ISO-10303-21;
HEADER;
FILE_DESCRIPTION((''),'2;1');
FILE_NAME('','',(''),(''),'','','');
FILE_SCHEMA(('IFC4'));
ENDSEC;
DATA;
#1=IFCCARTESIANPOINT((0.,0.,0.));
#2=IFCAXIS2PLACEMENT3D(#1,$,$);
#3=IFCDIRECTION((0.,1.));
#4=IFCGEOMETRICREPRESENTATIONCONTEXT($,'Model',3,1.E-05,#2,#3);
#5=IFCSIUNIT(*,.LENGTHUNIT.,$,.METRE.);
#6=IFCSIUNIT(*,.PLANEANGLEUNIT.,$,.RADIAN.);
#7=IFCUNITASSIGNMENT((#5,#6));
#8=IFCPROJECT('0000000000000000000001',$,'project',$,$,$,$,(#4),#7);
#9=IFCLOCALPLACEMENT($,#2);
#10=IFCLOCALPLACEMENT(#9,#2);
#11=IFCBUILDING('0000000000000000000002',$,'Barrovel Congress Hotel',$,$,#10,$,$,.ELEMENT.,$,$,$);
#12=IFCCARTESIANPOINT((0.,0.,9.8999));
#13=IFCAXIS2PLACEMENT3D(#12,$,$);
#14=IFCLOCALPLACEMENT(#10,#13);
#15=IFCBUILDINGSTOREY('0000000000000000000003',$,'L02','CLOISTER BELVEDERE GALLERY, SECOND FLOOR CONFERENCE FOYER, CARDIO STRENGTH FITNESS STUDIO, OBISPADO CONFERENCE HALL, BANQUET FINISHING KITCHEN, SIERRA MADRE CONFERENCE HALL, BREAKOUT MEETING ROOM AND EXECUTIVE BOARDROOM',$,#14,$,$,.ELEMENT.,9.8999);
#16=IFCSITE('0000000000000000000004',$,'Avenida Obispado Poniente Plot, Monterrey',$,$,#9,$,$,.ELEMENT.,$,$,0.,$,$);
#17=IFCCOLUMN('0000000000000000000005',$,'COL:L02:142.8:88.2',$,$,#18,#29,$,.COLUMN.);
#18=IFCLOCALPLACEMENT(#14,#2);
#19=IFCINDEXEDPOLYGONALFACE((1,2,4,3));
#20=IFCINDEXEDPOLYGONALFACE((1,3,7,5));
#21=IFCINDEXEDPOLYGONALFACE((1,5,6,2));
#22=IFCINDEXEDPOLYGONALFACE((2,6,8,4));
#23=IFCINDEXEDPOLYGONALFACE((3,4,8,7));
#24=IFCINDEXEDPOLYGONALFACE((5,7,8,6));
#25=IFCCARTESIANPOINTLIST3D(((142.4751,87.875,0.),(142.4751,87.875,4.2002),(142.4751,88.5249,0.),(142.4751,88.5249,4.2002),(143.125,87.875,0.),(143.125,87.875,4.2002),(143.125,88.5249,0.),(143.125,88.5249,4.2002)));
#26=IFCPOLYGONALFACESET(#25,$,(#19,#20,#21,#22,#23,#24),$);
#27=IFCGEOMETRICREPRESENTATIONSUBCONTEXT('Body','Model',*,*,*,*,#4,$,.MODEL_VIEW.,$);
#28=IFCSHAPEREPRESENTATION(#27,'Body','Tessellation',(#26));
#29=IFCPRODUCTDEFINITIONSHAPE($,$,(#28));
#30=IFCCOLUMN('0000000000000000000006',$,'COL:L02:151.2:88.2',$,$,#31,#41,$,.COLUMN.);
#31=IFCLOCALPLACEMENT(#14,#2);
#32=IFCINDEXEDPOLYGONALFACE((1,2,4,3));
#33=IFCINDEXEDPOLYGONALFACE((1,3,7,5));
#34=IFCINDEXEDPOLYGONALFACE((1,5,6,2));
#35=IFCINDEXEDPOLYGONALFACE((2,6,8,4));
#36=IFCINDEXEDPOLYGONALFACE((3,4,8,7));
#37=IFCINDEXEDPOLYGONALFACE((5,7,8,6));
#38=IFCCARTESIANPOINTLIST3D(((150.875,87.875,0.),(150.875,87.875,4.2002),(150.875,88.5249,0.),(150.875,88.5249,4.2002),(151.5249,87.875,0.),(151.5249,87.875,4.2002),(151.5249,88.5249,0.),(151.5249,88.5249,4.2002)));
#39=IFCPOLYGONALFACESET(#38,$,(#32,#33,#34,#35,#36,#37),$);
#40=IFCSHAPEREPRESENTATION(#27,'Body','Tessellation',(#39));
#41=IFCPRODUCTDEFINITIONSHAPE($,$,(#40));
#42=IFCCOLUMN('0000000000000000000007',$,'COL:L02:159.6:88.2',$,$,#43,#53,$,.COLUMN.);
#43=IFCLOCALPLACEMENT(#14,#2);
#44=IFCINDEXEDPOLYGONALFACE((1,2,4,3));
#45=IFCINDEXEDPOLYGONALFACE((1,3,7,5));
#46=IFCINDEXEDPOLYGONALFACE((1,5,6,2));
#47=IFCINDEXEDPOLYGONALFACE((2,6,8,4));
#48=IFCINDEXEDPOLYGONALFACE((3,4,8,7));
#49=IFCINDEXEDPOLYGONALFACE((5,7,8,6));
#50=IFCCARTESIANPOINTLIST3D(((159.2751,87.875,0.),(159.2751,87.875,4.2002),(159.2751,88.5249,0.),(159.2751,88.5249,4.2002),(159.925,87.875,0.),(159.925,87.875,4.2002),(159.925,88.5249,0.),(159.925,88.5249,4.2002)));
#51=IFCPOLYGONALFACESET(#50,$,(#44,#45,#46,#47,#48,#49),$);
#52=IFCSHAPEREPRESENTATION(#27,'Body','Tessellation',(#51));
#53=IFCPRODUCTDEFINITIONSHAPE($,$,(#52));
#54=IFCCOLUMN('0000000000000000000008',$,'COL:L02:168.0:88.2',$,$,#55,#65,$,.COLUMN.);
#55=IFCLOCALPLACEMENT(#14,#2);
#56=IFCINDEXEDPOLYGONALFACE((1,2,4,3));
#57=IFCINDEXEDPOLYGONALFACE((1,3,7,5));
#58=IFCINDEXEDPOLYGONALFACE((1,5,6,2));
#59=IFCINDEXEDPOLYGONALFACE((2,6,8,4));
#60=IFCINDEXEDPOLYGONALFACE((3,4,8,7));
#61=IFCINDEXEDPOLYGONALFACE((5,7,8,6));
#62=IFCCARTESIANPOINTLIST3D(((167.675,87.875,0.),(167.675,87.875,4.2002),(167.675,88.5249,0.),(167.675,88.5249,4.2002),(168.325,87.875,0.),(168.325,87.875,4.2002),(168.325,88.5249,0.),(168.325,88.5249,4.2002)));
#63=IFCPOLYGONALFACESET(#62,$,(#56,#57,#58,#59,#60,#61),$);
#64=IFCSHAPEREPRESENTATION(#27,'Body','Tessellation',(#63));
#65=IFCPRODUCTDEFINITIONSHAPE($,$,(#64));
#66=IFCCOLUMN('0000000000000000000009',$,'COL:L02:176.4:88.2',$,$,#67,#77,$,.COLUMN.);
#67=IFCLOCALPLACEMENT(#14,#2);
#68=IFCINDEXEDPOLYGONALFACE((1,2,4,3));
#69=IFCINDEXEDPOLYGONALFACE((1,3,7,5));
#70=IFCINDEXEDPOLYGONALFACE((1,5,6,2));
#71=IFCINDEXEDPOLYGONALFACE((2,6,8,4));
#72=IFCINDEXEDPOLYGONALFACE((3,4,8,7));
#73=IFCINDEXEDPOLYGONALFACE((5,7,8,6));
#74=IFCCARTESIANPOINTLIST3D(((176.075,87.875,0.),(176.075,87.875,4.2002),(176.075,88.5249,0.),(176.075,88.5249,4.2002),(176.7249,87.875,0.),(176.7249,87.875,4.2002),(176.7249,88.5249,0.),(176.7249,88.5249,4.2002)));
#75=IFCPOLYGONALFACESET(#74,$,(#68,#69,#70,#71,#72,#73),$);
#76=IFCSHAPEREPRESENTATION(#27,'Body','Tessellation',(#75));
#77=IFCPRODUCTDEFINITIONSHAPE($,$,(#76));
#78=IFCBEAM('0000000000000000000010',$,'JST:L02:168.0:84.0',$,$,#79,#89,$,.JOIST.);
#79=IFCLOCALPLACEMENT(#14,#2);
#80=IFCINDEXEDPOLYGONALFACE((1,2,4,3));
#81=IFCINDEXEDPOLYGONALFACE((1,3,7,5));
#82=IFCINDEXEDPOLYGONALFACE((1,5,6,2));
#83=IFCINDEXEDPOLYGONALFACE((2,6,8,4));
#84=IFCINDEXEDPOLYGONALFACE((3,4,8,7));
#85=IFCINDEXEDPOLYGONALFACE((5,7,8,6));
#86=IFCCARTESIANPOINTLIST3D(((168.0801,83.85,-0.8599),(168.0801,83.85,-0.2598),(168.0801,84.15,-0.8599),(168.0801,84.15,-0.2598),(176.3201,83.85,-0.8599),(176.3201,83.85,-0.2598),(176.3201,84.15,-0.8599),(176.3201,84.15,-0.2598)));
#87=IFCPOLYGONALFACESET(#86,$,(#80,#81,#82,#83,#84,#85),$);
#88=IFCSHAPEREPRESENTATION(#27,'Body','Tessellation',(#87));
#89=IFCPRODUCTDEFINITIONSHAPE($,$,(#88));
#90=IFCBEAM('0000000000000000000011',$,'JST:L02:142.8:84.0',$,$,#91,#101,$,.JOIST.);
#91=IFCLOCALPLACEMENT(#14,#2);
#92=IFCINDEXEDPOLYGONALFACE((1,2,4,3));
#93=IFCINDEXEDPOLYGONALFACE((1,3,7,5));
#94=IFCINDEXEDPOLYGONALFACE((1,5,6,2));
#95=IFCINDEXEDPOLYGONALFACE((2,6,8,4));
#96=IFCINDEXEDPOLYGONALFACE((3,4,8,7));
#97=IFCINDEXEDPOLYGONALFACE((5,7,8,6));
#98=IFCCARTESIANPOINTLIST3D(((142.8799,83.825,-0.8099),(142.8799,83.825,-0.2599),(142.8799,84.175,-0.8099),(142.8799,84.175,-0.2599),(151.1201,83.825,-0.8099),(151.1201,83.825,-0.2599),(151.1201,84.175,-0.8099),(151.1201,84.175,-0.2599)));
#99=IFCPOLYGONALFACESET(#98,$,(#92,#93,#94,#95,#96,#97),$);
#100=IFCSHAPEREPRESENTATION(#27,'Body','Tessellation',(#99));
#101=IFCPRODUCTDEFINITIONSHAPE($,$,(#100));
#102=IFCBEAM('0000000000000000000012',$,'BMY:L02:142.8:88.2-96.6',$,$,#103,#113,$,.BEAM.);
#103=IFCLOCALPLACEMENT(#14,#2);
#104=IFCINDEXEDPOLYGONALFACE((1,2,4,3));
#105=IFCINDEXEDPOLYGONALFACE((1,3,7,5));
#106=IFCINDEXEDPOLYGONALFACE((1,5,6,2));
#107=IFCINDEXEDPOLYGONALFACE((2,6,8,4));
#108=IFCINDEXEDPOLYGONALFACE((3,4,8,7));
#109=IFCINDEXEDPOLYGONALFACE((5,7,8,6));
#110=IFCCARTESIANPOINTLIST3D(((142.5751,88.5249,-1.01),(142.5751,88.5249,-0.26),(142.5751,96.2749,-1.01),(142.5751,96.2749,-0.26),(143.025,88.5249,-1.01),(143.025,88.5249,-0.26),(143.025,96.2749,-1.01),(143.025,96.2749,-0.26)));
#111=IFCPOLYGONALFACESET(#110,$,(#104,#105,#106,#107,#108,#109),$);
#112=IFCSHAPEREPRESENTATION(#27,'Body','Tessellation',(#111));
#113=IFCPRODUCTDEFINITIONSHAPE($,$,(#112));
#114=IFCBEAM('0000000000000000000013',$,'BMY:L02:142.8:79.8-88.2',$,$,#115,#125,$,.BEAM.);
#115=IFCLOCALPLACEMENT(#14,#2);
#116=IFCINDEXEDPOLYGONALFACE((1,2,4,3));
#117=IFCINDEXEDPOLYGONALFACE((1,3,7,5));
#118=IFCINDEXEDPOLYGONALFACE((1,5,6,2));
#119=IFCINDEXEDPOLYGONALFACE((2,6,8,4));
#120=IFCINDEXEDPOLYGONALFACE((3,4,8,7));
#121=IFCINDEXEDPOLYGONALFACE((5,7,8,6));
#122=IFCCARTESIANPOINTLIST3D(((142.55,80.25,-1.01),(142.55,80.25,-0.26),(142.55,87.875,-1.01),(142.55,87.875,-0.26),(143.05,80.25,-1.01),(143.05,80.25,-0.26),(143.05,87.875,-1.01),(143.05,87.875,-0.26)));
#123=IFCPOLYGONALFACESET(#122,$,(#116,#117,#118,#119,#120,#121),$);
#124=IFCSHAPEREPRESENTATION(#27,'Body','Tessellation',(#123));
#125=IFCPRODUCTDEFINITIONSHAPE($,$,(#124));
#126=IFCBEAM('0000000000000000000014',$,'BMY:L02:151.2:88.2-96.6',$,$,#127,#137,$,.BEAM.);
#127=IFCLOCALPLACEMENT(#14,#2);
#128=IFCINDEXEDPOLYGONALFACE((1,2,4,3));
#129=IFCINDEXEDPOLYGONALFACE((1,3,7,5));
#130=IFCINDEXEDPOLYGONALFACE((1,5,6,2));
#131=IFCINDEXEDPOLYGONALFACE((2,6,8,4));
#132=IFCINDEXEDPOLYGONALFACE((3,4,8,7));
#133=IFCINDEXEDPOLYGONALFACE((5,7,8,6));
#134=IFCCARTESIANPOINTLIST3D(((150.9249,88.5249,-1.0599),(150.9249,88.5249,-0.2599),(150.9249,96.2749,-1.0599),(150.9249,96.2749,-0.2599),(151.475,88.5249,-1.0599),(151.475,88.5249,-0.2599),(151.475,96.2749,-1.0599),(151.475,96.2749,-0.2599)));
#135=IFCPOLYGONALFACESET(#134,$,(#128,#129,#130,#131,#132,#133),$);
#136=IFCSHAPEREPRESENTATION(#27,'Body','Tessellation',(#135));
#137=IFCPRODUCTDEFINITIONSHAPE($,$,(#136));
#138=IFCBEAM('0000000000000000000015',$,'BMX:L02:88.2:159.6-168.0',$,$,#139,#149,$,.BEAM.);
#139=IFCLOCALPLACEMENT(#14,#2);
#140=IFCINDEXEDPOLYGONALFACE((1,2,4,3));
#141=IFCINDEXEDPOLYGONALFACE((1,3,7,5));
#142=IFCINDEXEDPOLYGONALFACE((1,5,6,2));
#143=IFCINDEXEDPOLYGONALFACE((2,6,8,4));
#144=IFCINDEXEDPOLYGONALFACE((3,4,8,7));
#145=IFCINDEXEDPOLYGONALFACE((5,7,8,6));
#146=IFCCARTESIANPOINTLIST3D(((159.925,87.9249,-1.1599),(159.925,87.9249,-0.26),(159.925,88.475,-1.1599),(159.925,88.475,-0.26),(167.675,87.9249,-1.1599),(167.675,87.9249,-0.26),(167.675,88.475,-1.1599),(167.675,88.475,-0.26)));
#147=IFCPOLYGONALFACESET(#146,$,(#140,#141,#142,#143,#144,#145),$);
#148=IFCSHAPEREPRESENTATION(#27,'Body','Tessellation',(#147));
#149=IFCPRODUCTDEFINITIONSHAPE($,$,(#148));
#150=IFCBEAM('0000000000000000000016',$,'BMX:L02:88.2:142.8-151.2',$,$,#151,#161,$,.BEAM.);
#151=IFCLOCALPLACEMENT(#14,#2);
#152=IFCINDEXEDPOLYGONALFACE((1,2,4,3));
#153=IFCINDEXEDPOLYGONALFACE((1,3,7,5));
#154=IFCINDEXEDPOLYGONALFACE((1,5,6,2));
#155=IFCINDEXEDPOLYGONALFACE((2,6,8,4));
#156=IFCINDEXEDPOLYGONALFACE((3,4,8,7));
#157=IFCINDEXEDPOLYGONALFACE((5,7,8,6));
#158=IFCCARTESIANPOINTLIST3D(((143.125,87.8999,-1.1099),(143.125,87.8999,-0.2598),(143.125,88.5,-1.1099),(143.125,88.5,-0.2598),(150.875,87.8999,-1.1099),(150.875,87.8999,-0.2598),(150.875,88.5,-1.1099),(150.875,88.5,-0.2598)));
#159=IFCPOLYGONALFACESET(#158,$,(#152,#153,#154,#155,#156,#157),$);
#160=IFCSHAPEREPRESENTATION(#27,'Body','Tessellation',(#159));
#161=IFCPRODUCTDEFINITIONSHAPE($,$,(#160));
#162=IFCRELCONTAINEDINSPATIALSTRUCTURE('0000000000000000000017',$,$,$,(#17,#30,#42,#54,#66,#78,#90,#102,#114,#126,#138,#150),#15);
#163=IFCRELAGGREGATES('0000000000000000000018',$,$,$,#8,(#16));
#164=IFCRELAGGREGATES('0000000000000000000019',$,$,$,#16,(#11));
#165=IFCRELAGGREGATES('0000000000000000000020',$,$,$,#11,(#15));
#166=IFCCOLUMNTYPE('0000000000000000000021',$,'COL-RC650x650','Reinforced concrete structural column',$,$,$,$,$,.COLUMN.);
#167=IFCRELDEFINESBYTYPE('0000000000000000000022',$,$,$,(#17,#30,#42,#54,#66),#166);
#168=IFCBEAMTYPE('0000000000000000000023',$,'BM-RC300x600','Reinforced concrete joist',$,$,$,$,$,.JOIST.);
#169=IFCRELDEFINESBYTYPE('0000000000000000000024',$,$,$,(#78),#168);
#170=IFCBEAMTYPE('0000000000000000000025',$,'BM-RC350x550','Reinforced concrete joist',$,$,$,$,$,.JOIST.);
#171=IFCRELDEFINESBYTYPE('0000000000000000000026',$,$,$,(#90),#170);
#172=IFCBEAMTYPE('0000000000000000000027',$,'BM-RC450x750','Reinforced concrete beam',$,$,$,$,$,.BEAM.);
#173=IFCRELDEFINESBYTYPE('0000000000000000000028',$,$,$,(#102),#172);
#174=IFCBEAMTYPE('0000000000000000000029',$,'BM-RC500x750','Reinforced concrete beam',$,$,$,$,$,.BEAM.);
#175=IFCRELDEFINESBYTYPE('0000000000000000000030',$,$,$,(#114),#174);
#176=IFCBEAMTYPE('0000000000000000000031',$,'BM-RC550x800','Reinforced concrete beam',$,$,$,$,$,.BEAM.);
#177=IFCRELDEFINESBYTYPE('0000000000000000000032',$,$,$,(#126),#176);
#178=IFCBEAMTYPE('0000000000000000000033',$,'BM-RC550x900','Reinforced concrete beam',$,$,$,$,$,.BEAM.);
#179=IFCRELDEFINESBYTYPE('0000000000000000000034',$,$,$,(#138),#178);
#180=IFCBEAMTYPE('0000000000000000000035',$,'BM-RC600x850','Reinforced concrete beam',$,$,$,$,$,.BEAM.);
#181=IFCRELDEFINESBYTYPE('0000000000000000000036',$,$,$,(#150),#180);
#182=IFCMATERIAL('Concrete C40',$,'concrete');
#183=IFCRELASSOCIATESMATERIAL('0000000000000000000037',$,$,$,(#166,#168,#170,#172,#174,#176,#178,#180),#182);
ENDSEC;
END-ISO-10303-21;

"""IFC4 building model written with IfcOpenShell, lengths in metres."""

from ifc_helpers import new_model, si_unit, direction, frame, origin, origin_2d, place, context, subcontext, project, spatial, rectangle, extrude, material, material_profile, profile_set, type_object, element, save


model = new_model("IFC4")

# Units and contexts
model_context = context("Model", 3, precision=1e-05, world=origin(), true_north=direction((0.0, 1.0)))
body_context = subcontext(model_context, "Body", "Model", "MODEL_VIEW")
ifc_project = project(units=[si_unit("LENGTHUNIT", "METRE"), si_unit("PLANEANGLEUNIT", "RADIAN")], contexts=[model_context])

# Site, building, storey
site_placement = place(None, origin())
site = spatial("IfcSite", under=ifc_project, at=site_placement, Name="Avenida Obispado Poniente Plot, Monterrey", CompositionType="ELEMENT", RefElevation=0.0)
building_placement = place(site_placement, origin())
building = spatial("IfcBuilding", under=site, at=building_placement, Name="Barrovel Congress Hotel", CompositionType="ELEMENT")
storey_placement = place(building_placement, frame((0.0, 0.0, 9.8999)))
storey = spatial("IfcBuildingStorey", under=building, at=storey_placement, Name="L02", Description="CLOISTER BELVEDERE GALLERY, SECOND FLOOR CONFERENCE FOYER, CARDIO STRENGTH FITNESS STUDIO, OBISPADO CONFERENCE HALL, BANQUET FINISHING KITCHEN, SIERRA MADRE CONFERENCE HALL, BREAKOUT MEETING ROOM AND EXECUTIVE BOARDROOM", CompositionType="ELEMENT", Elevation=9.8999)

# Columns
ifc_material_1 = material(Name="Concrete C40", Category="concrete")
ifc_material_profile_1 = material_profile(ifc_material_1, rectangle(XDim=0.6499, YDim=0.6499, at=origin_2d()), Name="RC650x650")
ifc_profile_set_1 = profile_set([ifc_material_profile_1], Name="Concrete C40")
column_type = type_object("IfcColumnType", Name="COL-RC650x650", Description="Reinforced concrete structural column", PredefinedType="COLUMN", material=ifc_profile_set_1)
for number, where, z_axis, x_axis, name in (
    (1, (142.8, 88.2, 0.0), (0.0, 0.0, 1.0), (1.0, 0.0, 0.0), "COL:L02:142.8:88.2"),
    (2, (151.2, 88.2, 0.0), (0.0, 0.0, 1.0), (1.0, 0.0, 0.0), "COL:L02:151.2:88.2"),
    (3, (159.6001, 88.2, 0.0), (0.0, 0.0, 1.0), (1.0, 0.0, 0.0), "COL:L02:159.6:88.2"),
    (4, (168.0, 88.2, 0.0), (0.0, 0.0, 1.0), (1.0, 0.0, 0.0), "COL:L02:168.0:88.2"),
    (5, (176.3999, 88.2, 0.0), (0.0, 0.0, 1.0), (1.0, 0.0, 0.0), "COL:L02:176.4:88.2"),
):
    element("IfcColumn", number, at=place(storey_placement, frame(where, z_axis=z_axis, x_axis=x_axis)), inside=storey, type_object=column_type, Name=name, PredefinedType="COLUMN", context=body_context, shape_type="SweptSolid", body=[
        extrude(rectangle(XDim=0.6499, YDim=0.6499, at=origin_2d()), origin(), (0.0, 0.0, 1.0), 4.2002),
    ])

# Beams
ifc_material_profile_2 = material_profile(ifc_material_1, rectangle(XDim=0.3, YDim=0.6001, at=origin_2d()), Name="RC300x600")
ifc_profile_set_2 = profile_set([ifc_material_profile_2], Name="Concrete C40")
beam_type_1 = type_object("IfcBeamType", Name="BM-RC300x600", Description="Reinforced concrete joist", PredefinedType="JOIST", material=ifc_profile_set_2)
beam_1_placement = place(storey_placement, frame((168.0801, 84.0, -0.5598), z_axis=(1.0, 0.0, 0.0), x_axis=(0.0, 1.0, 0.0)))
element("IfcBeam", 6, at=beam_1_placement, inside=storey, type_object=beam_type_1, Name="JST:L02:168.0:84.0", PredefinedType="JOIST", context=body_context, shape_type="SweptSolid", body=[
    extrude(rectangle(XDim=0.3, YDim=0.6001, at=origin_2d()), origin(), (0.0, 0.0, 1.0), 8.24),
])
ifc_material_profile_3 = material_profile(ifc_material_1, rectangle(XDim=0.3501, YDim=0.55, at=origin_2d()), Name="RC350x550")
ifc_profile_set_3 = profile_set([ifc_material_profile_3], Name="Concrete C40")
beam_type_2 = type_object("IfcBeamType", Name="BM-RC350x550", Description="Reinforced concrete joist", PredefinedType="JOIST", material=ifc_profile_set_3)
beam_2_placement = place(storey_placement, frame((142.8799, 84.0, -0.5349), z_axis=(1.0, 0.0, 0.0), x_axis=(0.0, 1.0, 0.0)))
element("IfcBeam", 7, at=beam_2_placement, inside=storey, type_object=beam_type_2, Name="JST:L02:142.8:84.0", PredefinedType="JOIST", context=body_context, shape_type="SweptSolid", body=[
    extrude(rectangle(XDim=0.3501, YDim=0.55, at=origin_2d()), origin(), (0.0, 0.0, 1.0), 8.2402),
])
ifc_material_profile_4 = material_profile(ifc_material_1, rectangle(XDim=0.45, YDim=0.75, at=origin_2d()), Name="RC450x750")
ifc_profile_set_4 = profile_set([ifc_material_profile_4], Name="Concrete C40")
beam_type_3 = type_object("IfcBeamType", Name="BM-RC450x750", Description="Reinforced concrete beam", PredefinedType="BEAM", material=ifc_profile_set_4)
beam_3_placement = place(storey_placement, frame((142.8, 88.5249, -0.635), z_axis=(0.0, 1.0, 0.0), x_axis=(-1.0, 0.0, 0.0)))
element("IfcBeam", 8, at=beam_3_placement, inside=storey, type_object=beam_type_3, Name="BMY:L02:142.8:88.2-96.6", PredefinedType="BEAM", context=body_context, shape_type="SweptSolid", body=[
    extrude(rectangle(XDim=0.45, YDim=0.75, at=origin_2d()), origin(), (0.0, 0.0, 1.0), 7.75),
])
ifc_material_profile_5 = material_profile(ifc_material_1, rectangle(XDim=0.5, YDim=0.75, at=origin_2d()), Name="RC500x750")
ifc_profile_set_5 = profile_set([ifc_material_profile_5], Name="Concrete C40")
beam_type_4 = type_object("IfcBeamType", Name="BM-RC500x750", Description="Reinforced concrete beam", PredefinedType="BEAM", material=ifc_profile_set_5)
beam_4_placement = place(storey_placement, frame((142.8, 80.25, -0.635), z_axis=(0.0, 1.0, 0.0), x_axis=(-1.0, 0.0, 0.0)))
element("IfcBeam", 9, at=beam_4_placement, inside=storey, type_object=beam_type_4, Name="BMY:L02:142.8:79.8-88.2", PredefinedType="BEAM", context=body_context, shape_type="SweptSolid", body=[
    extrude(rectangle(XDim=0.5, YDim=0.75, at=origin_2d()), origin(), (0.0, 0.0, 1.0), 7.625),
])
ifc_material_profile_6 = material_profile(ifc_material_1, rectangle(XDim=0.55, YDim=0.8, at=origin_2d()), Name="RC550x800")
ifc_profile_set_6 = profile_set([ifc_material_profile_6], Name="Concrete C40")
beam_type_5 = type_object("IfcBeamType", Name="BM-RC550x800", Description="Reinforced concrete beam", PredefinedType="BEAM", material=ifc_profile_set_6)
beam_5_placement = place(storey_placement, frame((151.2, 88.5249, -0.6599), z_axis=(0.0, 1.0, 0.0), x_axis=(-1.0, 0.0, 0.0)))
element("IfcBeam", 10, at=beam_5_placement, inside=storey, type_object=beam_type_5, Name="BMY:L02:151.2:88.2-96.6", PredefinedType="BEAM", context=body_context, shape_type="SweptSolid", body=[
    extrude(rectangle(XDim=0.55, YDim=0.8, at=origin_2d()), origin(), (0.0, 0.0, 1.0), 7.75),
])
ifc_material_profile_7 = material_profile(ifc_material_1, rectangle(XDim=0.55, YDim=0.8999, at=origin_2d()), Name="RC550x900")
ifc_profile_set_7 = profile_set([ifc_material_profile_7], Name="Concrete C40")
beam_type_6 = type_object("IfcBeamType", Name="BM-RC550x900", Description="Reinforced concrete beam", PredefinedType="BEAM", material=ifc_profile_set_7)
beam_6_placement = place(storey_placement, frame((159.925, 88.2, -0.71), z_axis=(1.0, 0.0, 0.0), x_axis=(0.0, 1.0, 0.0)))
element("IfcBeam", 11, at=beam_6_placement, inside=storey, type_object=beam_type_6, Name="BMX:L02:88.2:159.6-168.0", PredefinedType="BEAM", context=body_context, shape_type="SweptSolid", body=[
    extrude(rectangle(XDim=0.55, YDim=0.8999, at=origin_2d()), origin(), (0.0, 0.0, 1.0), 7.75),
])
ifc_material_profile_8 = material_profile(ifc_material_1, rectangle(XDim=0.6001, YDim=0.8501, at=origin_2d()), Name="RC600x850")
ifc_profile_set_8 = profile_set([ifc_material_profile_8], Name="Concrete C40")
beam_type_7 = type_object("IfcBeamType", Name="BM-RC600x850", Description="Reinforced concrete beam", PredefinedType="BEAM", material=ifc_profile_set_8)
beam_7_placement = place(storey_placement, frame((143.125, 88.2, -0.6848), z_axis=(1.0, 0.0, 0.0), x_axis=(0.0, 1.0, 0.0)))
element("IfcBeam", 12, at=beam_7_placement, inside=storey, type_object=beam_type_7, Name="BMX:L02:88.2:142.8-151.2", PredefinedType="BEAM", context=body_context, shape_type="SweptSolid", body=[
    extrude(rectangle(XDim=0.6001, YDim=0.8501, at=origin_2d()), origin(), (0.0, 0.0, 1.0), 7.75),
])

save(model, "model.ifc")
